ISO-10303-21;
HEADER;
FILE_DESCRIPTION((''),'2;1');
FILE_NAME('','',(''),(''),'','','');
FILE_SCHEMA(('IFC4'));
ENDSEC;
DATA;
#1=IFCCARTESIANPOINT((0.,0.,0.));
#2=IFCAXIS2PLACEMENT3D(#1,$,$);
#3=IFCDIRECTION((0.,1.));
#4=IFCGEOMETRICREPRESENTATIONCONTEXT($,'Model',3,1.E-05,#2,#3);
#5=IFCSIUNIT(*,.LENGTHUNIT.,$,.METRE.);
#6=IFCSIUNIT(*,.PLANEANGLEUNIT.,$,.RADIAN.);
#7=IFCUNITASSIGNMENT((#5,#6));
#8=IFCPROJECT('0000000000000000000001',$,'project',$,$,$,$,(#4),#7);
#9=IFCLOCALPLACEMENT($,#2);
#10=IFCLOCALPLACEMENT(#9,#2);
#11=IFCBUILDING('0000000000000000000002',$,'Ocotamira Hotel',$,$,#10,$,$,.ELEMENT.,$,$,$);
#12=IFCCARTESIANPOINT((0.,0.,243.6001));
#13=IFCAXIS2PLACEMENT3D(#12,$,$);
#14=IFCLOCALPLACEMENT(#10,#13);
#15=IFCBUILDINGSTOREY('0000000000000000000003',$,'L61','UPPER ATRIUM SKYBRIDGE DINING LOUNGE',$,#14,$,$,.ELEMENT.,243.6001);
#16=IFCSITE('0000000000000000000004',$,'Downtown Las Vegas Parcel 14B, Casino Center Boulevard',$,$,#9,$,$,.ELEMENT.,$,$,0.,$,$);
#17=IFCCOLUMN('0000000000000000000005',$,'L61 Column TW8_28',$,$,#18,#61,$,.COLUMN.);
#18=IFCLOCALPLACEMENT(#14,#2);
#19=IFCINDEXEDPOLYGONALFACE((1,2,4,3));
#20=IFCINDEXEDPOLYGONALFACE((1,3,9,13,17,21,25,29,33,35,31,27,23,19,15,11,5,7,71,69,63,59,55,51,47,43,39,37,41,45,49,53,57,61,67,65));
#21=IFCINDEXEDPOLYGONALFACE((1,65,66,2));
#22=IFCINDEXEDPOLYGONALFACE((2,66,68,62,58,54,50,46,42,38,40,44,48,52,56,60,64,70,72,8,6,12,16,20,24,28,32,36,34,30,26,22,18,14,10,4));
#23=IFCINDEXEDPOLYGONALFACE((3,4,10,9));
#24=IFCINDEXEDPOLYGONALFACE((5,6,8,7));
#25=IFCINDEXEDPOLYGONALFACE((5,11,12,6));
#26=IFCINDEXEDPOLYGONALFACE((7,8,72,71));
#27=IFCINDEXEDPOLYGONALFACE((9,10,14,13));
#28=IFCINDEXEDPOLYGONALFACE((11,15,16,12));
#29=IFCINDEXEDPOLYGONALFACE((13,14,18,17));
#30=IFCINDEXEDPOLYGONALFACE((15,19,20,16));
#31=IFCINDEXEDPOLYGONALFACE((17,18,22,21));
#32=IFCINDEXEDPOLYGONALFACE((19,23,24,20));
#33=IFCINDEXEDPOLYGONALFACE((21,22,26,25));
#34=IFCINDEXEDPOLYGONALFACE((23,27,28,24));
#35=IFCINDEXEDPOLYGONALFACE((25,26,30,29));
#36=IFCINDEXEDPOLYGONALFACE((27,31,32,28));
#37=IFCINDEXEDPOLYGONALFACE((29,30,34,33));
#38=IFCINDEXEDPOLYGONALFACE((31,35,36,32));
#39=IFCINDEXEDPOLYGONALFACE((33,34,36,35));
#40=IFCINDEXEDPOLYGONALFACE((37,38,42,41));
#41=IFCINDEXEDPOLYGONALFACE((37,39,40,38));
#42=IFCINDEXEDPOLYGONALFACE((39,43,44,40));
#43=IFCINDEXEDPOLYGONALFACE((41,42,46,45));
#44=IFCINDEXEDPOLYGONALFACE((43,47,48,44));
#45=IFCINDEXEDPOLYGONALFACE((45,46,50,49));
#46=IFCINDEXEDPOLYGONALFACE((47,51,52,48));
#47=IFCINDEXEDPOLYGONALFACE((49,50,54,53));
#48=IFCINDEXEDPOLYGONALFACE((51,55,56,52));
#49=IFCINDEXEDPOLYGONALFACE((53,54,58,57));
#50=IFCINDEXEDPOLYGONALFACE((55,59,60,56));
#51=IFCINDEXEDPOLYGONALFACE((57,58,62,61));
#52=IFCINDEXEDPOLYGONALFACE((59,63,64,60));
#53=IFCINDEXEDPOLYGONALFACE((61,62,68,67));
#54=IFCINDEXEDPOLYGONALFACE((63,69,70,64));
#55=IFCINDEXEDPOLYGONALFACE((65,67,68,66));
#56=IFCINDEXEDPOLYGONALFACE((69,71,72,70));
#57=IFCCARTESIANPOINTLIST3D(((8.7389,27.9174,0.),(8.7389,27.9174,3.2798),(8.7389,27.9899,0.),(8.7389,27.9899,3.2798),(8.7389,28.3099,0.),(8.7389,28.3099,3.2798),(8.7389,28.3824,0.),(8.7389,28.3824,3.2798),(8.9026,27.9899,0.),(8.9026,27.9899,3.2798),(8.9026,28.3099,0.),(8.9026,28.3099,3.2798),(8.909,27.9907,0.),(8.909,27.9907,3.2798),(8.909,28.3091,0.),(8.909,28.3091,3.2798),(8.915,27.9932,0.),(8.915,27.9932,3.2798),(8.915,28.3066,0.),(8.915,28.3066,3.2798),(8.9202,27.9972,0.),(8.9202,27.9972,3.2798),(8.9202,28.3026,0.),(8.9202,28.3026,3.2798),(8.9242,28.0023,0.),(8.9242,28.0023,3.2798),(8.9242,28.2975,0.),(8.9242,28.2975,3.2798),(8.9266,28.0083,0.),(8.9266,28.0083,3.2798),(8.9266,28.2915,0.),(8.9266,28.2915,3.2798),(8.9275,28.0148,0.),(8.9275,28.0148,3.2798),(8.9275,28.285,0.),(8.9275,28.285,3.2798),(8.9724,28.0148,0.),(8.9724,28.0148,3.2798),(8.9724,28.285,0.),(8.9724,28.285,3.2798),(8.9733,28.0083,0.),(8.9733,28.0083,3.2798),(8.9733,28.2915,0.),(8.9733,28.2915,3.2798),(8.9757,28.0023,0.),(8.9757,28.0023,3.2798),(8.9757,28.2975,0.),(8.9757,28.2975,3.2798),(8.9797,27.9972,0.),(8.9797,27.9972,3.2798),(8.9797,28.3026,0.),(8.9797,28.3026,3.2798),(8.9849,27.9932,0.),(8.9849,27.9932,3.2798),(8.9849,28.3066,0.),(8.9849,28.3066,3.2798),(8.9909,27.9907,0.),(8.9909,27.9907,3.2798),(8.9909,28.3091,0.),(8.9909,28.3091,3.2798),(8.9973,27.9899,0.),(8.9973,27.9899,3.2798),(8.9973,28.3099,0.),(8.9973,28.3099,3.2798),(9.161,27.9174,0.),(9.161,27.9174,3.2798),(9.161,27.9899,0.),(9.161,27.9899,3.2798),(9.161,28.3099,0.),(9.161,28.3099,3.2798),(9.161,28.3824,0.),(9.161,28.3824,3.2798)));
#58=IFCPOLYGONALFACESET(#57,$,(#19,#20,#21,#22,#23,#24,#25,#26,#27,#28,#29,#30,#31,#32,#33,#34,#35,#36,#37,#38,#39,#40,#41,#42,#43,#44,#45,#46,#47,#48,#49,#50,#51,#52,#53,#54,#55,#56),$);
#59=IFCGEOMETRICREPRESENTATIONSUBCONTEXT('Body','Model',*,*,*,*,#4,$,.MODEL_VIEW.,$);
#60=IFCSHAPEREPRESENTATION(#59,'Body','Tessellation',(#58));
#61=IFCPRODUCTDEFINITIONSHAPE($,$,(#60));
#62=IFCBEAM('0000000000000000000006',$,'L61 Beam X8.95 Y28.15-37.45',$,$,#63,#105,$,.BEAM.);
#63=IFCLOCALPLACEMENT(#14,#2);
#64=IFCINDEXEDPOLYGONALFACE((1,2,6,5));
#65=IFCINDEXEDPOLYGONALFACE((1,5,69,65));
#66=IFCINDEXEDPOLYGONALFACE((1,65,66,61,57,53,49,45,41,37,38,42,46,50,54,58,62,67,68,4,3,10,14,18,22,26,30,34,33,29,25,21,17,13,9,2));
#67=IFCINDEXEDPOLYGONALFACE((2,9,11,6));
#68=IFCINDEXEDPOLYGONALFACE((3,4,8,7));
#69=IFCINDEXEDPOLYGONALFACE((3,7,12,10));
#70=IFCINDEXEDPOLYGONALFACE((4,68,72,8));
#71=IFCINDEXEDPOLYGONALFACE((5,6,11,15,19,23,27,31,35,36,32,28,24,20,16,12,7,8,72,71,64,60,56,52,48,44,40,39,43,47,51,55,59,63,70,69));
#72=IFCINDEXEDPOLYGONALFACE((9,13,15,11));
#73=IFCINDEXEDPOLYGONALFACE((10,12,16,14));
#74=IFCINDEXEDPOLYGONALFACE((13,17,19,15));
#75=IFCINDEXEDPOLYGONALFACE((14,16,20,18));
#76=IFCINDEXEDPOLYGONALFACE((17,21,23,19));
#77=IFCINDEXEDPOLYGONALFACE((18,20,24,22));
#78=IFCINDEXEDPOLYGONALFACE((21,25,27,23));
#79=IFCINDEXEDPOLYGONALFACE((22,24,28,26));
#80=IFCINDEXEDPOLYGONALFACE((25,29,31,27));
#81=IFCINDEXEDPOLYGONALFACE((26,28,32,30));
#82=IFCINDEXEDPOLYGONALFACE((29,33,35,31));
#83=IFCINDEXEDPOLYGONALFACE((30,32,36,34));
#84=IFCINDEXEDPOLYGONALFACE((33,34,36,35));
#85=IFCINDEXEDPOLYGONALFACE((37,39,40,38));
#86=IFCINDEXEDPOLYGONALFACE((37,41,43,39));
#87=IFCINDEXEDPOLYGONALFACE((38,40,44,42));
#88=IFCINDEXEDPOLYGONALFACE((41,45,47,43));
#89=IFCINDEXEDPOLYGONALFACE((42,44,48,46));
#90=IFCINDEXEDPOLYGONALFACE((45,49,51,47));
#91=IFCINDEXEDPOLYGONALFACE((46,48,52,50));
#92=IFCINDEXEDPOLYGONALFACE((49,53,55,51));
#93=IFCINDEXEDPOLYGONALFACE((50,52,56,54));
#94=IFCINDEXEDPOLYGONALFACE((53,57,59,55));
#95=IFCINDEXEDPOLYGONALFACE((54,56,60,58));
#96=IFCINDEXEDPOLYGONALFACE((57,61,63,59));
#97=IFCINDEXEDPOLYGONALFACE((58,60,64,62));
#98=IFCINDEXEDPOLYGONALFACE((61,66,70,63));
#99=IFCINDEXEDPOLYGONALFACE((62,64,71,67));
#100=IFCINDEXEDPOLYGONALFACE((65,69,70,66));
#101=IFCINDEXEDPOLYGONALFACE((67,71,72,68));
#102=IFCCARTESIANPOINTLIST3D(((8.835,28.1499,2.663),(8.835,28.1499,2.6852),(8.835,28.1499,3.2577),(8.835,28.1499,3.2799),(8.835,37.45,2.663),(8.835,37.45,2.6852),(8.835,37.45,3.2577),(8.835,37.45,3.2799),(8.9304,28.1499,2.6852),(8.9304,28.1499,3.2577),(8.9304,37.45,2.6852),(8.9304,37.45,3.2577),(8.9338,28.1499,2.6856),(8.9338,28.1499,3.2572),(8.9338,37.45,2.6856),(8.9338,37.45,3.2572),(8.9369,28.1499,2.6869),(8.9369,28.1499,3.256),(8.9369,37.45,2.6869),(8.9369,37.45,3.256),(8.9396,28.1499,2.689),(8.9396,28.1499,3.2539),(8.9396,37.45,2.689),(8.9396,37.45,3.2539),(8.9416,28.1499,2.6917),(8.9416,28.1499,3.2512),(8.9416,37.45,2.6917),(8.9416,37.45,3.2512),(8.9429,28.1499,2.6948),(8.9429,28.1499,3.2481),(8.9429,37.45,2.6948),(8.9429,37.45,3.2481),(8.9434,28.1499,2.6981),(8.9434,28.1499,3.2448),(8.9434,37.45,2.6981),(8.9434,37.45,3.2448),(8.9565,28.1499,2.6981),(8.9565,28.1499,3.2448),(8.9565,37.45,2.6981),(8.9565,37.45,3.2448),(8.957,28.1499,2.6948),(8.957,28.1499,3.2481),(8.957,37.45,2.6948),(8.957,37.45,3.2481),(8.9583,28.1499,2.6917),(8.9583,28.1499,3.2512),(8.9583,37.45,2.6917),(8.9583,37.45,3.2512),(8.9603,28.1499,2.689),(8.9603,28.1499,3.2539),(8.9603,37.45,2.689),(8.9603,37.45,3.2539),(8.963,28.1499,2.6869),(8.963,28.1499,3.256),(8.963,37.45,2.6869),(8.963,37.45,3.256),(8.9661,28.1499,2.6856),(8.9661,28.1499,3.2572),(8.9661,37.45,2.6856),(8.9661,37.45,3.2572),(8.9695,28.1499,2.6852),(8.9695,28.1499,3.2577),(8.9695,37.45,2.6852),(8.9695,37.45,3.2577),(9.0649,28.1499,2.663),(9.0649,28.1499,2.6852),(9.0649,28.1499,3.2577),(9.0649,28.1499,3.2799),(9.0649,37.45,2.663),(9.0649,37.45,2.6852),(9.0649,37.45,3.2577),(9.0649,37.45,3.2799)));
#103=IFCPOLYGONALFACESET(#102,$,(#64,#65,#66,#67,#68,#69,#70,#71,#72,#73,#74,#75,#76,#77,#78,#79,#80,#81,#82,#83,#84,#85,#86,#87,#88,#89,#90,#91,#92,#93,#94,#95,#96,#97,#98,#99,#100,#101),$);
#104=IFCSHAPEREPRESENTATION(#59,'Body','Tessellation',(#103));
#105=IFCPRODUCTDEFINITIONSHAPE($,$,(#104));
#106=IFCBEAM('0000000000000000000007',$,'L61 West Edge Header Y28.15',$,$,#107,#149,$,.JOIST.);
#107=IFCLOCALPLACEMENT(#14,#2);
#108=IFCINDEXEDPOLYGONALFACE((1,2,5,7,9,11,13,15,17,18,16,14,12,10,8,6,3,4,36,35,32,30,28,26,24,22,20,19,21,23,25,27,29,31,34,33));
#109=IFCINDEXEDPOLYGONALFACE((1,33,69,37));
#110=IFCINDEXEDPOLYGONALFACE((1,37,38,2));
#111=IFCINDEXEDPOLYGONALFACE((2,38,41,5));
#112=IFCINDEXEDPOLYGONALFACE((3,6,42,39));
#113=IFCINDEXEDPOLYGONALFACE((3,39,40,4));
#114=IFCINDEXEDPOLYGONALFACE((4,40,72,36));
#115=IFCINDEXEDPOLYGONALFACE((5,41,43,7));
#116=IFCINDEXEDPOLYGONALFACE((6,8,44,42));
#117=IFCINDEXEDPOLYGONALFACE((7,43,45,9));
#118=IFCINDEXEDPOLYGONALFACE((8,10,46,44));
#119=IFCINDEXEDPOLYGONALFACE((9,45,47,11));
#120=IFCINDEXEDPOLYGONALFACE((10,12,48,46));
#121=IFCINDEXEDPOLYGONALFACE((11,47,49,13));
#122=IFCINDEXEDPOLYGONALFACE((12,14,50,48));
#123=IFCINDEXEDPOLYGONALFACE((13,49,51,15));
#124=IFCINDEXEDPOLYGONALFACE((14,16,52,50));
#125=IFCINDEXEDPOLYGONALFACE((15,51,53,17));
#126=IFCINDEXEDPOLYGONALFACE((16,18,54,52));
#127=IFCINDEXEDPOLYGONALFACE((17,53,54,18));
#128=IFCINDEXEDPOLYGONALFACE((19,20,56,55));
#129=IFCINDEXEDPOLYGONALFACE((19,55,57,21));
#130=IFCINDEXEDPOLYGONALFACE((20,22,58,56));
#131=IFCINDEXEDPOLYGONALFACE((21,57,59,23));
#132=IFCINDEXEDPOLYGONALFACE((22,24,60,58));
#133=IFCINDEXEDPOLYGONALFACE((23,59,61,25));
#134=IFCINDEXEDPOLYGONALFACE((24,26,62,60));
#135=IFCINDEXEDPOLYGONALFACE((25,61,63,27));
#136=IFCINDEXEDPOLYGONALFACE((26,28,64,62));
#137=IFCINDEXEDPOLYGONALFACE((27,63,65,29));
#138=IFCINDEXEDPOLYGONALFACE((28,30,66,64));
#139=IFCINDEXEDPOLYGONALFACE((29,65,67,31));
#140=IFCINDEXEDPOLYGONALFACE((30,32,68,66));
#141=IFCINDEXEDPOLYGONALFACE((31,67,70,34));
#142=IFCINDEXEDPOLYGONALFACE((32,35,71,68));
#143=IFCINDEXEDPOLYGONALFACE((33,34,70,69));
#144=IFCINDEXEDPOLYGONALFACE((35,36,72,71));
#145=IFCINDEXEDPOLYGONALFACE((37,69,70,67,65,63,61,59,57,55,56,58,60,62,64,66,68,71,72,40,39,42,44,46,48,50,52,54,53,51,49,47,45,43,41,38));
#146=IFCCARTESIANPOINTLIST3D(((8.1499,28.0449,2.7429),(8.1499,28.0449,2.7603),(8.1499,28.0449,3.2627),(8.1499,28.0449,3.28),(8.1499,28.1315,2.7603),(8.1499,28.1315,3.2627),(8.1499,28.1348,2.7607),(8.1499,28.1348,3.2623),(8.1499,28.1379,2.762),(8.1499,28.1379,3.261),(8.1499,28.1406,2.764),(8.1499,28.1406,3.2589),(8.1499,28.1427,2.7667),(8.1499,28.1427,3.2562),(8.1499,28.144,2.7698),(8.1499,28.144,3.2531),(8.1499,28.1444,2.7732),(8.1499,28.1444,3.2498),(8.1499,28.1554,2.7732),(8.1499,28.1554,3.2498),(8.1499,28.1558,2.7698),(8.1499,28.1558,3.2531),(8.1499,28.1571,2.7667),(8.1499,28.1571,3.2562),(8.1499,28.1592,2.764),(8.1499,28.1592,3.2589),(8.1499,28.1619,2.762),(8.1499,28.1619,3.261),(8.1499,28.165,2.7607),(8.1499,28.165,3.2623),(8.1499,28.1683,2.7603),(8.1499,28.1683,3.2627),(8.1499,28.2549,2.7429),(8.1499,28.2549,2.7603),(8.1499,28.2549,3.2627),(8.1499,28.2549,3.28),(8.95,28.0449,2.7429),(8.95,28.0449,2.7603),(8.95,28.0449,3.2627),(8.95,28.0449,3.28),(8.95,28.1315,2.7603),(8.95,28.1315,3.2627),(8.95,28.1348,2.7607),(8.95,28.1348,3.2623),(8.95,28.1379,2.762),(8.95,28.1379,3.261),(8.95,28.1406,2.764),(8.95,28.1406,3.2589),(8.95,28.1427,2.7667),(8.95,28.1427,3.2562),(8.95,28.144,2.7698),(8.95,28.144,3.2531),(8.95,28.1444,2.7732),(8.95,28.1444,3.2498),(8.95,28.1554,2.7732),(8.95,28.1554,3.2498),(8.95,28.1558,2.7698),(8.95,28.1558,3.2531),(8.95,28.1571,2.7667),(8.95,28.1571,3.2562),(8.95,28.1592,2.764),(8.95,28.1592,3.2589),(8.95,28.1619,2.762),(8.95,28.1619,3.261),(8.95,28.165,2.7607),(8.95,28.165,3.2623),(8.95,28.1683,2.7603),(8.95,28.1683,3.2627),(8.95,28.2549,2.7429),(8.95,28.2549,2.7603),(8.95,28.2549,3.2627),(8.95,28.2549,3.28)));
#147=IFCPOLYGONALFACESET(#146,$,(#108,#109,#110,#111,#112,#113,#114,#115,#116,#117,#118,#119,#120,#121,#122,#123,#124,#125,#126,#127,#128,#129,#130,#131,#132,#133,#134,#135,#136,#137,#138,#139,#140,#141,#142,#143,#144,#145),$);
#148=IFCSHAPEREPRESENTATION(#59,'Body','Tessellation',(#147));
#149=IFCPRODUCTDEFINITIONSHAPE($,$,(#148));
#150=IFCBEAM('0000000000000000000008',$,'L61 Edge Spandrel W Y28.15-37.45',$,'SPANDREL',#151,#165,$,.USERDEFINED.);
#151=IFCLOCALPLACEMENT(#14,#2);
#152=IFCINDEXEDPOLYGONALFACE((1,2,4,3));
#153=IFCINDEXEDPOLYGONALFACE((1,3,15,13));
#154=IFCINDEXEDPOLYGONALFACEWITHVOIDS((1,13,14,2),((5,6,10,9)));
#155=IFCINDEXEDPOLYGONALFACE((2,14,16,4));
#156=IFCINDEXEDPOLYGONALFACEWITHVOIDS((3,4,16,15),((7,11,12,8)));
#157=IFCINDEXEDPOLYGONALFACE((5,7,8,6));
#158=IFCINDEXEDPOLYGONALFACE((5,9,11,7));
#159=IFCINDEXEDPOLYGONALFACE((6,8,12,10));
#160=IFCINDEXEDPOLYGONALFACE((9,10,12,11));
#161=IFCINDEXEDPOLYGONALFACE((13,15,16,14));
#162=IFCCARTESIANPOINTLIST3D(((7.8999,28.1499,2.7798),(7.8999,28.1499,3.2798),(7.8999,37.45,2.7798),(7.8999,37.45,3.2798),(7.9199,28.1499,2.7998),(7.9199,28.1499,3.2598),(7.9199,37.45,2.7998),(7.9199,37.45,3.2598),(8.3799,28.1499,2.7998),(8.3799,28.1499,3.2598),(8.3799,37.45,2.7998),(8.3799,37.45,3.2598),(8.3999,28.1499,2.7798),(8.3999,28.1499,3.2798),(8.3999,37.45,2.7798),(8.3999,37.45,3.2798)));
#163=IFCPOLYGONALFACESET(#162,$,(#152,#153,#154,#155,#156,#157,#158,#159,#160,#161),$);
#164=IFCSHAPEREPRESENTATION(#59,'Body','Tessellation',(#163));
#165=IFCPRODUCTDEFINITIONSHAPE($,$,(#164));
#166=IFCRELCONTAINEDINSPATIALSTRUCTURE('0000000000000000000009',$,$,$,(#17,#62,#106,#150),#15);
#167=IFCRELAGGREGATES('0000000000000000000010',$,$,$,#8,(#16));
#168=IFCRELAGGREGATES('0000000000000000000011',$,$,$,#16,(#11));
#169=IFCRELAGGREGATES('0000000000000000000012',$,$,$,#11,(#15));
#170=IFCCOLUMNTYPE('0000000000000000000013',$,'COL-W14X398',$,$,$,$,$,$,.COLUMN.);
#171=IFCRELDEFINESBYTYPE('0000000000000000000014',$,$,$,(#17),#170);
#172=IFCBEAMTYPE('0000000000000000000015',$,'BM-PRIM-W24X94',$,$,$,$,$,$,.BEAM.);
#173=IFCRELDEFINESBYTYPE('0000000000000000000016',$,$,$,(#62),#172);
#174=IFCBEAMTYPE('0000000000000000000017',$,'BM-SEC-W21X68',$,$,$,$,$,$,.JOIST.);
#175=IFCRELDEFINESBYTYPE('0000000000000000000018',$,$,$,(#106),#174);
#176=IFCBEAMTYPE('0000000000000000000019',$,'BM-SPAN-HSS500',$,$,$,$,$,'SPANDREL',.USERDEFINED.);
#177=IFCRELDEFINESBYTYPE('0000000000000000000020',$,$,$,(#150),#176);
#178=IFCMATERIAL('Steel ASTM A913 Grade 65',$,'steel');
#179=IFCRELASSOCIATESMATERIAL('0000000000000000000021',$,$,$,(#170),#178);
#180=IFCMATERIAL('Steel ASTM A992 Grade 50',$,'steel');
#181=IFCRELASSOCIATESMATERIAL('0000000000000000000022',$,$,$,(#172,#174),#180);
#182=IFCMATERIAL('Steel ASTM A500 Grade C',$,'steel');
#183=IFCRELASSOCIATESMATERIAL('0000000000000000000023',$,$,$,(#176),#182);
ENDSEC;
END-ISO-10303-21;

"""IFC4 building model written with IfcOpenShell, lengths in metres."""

from ifc_helpers import new_model, si_unit, direction, frame, origin, origin_2d, place, context, subcontext, project, spatial, hollow_rectangle, i_section, extrude, source, transform, mapped, material, material_profile, profile_set, type_object, element, save


model = new_model("IFC4")

# Units and contexts
model_context = context("Model", 3, precision=1e-05, world=origin(), true_north=direction((0.0, 1.0)))
body_context = subcontext(model_context, "Body", "Model", "MODEL_VIEW")
ifc_project = project(units=[si_unit("LENGTHUNIT", "METRE"), si_unit("PLANEANGLEUNIT", "RADIAN")], contexts=[model_context])

# Site, building, storey
site_placement = place(None, origin())
site = spatial("IfcSite", under=ifc_project, at=site_placement, Name="Downtown Las Vegas Parcel 14B, Casino Center Boulevard", CompositionType="ELEMENT", RefElevation=0.0)
building_placement = place(site_placement, origin())
building = spatial("IfcBuilding", under=site, at=building_placement, Name="Ocotamira Hotel", CompositionType="ELEMENT")
storey_placement = place(building_placement, frame((0.0, 0.0, 243.6001)))
storey = spatial("IfcBuildingStorey", under=building, at=storey_placement, Name="L61", Description="UPPER ATRIUM SKYBRIDGE DINING LOUNGE", CompositionType="ELEMENT", Elevation=243.6001)

# Column
ifc_material_1 = material(Name="Steel ASTM A913 Grade 65", Category="steel")
ifc_material_profile_1 = material_profile(ifc_material_1, i_section(OverallWidth=0.4221, OverallDepth=0.4651, WebThickness=0.0449, FlangeThickness=0.0725, FilletRadius=0.0249, at=origin_2d()), Name="W14X398")
ifc_profile_set_1 = profile_set([ifc_material_profile_1], Name="Steel ASTM A913 Grade 65")
column_type = type_object("IfcColumnType", Name="COL-W14X398", PredefinedType="COLUMN", material=ifc_profile_set_1)
shared_shape_1 = source(origin(), body_context, "Body", "SweptSolid", [
    extrude(i_section(OverallWidth=0.4221, OverallDepth=0.4651, WebThickness=0.0449, FlangeThickness=0.0725, FilletRadius=0.0249, at=origin_2d()), origin(), (0.0, 0.0, 1.0), 3.2798),
])
column_placement = place(storey_placement, frame((8.95, 28.1499, 0.0), z_axis=(0.0, 0.0, 1.0), x_axis=(1.0, 0.0, 0.0)))
element("IfcColumn", 1, at=column_placement, inside=storey, type_object=column_type, Name="L61 Column TW8_28", PredefinedType="COLUMN", context=body_context, shape_type="MappedRepresentation", body=[
    mapped(shared_shape_1, transform((0.0, 0.0, 0.0), scale=1.0)),
])

# Beams
ifc_material_2 = material(Name="Steel ASTM A992 Grade 50", Category="steel")
ifc_material_profile_2 = material_profile(ifc_material_2, i_section(OverallWidth=0.23, OverallDepth=0.6169, WebThickness=0.0132, FlangeThickness=0.0222, FilletRadius=0.0129, at=origin_2d()), Name="W24X94")
ifc_profile_set_2 = profile_set([ifc_material_profile_2], Name="Steel ASTM A992 Grade 50")
beam_type_1 = type_object("IfcBeamType", Name="BM-PRIM-W24X94", PredefinedType="BEAM", material=ifc_profile_set_2)
shared_shape_2 = source(origin(), body_context, "Body", "SweptSolid", [
    extrude(i_section(OverallWidth=0.23, OverallDepth=0.6169, WebThickness=0.0132, FlangeThickness=0.0222, FilletRadius=0.0129, at=origin_2d()), origin(), (0.0, 0.0, 1.0), 9.3),
])
beam_1_placement = place(storey_placement, frame((8.95, 28.1499, 2.9714), z_axis=(0.0, 1.0, 0.0), x_axis=(-1.0, 0.0, 0.0)))
element("IfcBeam", 2, at=beam_1_placement, inside=storey, type_object=beam_type_1, Name="L61 Beam X8.95 Y28.15-37.45", PredefinedType="BEAM", context=body_context, shape_type="MappedRepresentation", body=[
    mapped(shared_shape_2, transform((0.0, 0.0, 0.0), scale=1.0)),
])
ifc_material_profile_3 = material_profile(ifc_material_2, i_section(OverallWidth=0.21, OverallDepth=0.5371, WebThickness=0.011, FlangeThickness=0.0173, FilletRadius=0.0129, at=origin_2d()), Name="W21X68")
ifc_profile_set_3 = profile_set([ifc_material_profile_3], Name="Steel ASTM A992 Grade 50")
beam_type_2 = type_object("IfcBeamType", Name="BM-SEC-W21X68", PredefinedType="JOIST", material=ifc_profile_set_3)
shared_shape_3 = source(origin(), body_context, "Body", "SweptSolid", [
    extrude(i_section(OverallWidth=0.21, OverallDepth=0.5371, WebThickness=0.011, FlangeThickness=0.0173, FilletRadius=0.0129, at=origin_2d()), origin(), (0.0, 0.0, 1.0), 0.8),
])
beam_2_placement = place(storey_placement, frame((8.95, 28.1499, 3.0115), z_axis=(-1.0, 0.0, 0.0), x_axis=(0.0, -1.0, 0.0)))
element("IfcBeam", 3, at=beam_2_placement, inside=storey, type_object=beam_type_2, Name="L61 West Edge Header Y28.15", PredefinedType="JOIST", context=body_context, shape_type="MappedRepresentation", body=[
    mapped(shared_shape_3, transform((0.0, 0.0, 0.0), scale=1.0)),
])
ifc_material_3 = material(Name="Steel ASTM A500 Grade C", Category="steel")
ifc_material_profile_4 = material_profile(ifc_material_3, hollow_rectangle(XDim=0.5, YDim=0.5, WallThickness=0.02, at=origin_2d()), Name="HSS500X500X20")
ifc_profile_set_4 = profile_set([ifc_material_profile_4], Name="Steel ASTM A500 Grade C")
beam_type_3 = type_object("IfcBeamType", Name="BM-SPAN-HSS500", ElementType="SPANDREL", PredefinedType="USERDEFINED", material=ifc_profile_set_4)
shared_shape_4 = source(origin(), body_context, "Body", "SweptSolid", [
    extrude(hollow_rectangle(XDim=0.5, YDim=0.5, WallThickness=0.02, at=origin_2d()), origin(), (0.0, 0.0, 1.0), 9.3),
])
beam_3_placement = place(storey_placement, frame((8.1499, 28.1499, 3.0298), z_axis=(0.0, 1.0, 0.0), x_axis=(-1.0, 0.0, 0.0)))
element("IfcBeam", 4, at=beam_3_placement, inside=storey, type_object=beam_type_3, Name="L61 Edge Spandrel W Y28.15-37.45", ObjectType="SPANDREL", PredefinedType="USERDEFINED", context=body_context, shape_type="MappedRepresentation", body=[
    mapped(shared_shape_4, transform((0.0, 0.0, 0.0), scale=1.0)),
])

save(model, "model.ifc")
